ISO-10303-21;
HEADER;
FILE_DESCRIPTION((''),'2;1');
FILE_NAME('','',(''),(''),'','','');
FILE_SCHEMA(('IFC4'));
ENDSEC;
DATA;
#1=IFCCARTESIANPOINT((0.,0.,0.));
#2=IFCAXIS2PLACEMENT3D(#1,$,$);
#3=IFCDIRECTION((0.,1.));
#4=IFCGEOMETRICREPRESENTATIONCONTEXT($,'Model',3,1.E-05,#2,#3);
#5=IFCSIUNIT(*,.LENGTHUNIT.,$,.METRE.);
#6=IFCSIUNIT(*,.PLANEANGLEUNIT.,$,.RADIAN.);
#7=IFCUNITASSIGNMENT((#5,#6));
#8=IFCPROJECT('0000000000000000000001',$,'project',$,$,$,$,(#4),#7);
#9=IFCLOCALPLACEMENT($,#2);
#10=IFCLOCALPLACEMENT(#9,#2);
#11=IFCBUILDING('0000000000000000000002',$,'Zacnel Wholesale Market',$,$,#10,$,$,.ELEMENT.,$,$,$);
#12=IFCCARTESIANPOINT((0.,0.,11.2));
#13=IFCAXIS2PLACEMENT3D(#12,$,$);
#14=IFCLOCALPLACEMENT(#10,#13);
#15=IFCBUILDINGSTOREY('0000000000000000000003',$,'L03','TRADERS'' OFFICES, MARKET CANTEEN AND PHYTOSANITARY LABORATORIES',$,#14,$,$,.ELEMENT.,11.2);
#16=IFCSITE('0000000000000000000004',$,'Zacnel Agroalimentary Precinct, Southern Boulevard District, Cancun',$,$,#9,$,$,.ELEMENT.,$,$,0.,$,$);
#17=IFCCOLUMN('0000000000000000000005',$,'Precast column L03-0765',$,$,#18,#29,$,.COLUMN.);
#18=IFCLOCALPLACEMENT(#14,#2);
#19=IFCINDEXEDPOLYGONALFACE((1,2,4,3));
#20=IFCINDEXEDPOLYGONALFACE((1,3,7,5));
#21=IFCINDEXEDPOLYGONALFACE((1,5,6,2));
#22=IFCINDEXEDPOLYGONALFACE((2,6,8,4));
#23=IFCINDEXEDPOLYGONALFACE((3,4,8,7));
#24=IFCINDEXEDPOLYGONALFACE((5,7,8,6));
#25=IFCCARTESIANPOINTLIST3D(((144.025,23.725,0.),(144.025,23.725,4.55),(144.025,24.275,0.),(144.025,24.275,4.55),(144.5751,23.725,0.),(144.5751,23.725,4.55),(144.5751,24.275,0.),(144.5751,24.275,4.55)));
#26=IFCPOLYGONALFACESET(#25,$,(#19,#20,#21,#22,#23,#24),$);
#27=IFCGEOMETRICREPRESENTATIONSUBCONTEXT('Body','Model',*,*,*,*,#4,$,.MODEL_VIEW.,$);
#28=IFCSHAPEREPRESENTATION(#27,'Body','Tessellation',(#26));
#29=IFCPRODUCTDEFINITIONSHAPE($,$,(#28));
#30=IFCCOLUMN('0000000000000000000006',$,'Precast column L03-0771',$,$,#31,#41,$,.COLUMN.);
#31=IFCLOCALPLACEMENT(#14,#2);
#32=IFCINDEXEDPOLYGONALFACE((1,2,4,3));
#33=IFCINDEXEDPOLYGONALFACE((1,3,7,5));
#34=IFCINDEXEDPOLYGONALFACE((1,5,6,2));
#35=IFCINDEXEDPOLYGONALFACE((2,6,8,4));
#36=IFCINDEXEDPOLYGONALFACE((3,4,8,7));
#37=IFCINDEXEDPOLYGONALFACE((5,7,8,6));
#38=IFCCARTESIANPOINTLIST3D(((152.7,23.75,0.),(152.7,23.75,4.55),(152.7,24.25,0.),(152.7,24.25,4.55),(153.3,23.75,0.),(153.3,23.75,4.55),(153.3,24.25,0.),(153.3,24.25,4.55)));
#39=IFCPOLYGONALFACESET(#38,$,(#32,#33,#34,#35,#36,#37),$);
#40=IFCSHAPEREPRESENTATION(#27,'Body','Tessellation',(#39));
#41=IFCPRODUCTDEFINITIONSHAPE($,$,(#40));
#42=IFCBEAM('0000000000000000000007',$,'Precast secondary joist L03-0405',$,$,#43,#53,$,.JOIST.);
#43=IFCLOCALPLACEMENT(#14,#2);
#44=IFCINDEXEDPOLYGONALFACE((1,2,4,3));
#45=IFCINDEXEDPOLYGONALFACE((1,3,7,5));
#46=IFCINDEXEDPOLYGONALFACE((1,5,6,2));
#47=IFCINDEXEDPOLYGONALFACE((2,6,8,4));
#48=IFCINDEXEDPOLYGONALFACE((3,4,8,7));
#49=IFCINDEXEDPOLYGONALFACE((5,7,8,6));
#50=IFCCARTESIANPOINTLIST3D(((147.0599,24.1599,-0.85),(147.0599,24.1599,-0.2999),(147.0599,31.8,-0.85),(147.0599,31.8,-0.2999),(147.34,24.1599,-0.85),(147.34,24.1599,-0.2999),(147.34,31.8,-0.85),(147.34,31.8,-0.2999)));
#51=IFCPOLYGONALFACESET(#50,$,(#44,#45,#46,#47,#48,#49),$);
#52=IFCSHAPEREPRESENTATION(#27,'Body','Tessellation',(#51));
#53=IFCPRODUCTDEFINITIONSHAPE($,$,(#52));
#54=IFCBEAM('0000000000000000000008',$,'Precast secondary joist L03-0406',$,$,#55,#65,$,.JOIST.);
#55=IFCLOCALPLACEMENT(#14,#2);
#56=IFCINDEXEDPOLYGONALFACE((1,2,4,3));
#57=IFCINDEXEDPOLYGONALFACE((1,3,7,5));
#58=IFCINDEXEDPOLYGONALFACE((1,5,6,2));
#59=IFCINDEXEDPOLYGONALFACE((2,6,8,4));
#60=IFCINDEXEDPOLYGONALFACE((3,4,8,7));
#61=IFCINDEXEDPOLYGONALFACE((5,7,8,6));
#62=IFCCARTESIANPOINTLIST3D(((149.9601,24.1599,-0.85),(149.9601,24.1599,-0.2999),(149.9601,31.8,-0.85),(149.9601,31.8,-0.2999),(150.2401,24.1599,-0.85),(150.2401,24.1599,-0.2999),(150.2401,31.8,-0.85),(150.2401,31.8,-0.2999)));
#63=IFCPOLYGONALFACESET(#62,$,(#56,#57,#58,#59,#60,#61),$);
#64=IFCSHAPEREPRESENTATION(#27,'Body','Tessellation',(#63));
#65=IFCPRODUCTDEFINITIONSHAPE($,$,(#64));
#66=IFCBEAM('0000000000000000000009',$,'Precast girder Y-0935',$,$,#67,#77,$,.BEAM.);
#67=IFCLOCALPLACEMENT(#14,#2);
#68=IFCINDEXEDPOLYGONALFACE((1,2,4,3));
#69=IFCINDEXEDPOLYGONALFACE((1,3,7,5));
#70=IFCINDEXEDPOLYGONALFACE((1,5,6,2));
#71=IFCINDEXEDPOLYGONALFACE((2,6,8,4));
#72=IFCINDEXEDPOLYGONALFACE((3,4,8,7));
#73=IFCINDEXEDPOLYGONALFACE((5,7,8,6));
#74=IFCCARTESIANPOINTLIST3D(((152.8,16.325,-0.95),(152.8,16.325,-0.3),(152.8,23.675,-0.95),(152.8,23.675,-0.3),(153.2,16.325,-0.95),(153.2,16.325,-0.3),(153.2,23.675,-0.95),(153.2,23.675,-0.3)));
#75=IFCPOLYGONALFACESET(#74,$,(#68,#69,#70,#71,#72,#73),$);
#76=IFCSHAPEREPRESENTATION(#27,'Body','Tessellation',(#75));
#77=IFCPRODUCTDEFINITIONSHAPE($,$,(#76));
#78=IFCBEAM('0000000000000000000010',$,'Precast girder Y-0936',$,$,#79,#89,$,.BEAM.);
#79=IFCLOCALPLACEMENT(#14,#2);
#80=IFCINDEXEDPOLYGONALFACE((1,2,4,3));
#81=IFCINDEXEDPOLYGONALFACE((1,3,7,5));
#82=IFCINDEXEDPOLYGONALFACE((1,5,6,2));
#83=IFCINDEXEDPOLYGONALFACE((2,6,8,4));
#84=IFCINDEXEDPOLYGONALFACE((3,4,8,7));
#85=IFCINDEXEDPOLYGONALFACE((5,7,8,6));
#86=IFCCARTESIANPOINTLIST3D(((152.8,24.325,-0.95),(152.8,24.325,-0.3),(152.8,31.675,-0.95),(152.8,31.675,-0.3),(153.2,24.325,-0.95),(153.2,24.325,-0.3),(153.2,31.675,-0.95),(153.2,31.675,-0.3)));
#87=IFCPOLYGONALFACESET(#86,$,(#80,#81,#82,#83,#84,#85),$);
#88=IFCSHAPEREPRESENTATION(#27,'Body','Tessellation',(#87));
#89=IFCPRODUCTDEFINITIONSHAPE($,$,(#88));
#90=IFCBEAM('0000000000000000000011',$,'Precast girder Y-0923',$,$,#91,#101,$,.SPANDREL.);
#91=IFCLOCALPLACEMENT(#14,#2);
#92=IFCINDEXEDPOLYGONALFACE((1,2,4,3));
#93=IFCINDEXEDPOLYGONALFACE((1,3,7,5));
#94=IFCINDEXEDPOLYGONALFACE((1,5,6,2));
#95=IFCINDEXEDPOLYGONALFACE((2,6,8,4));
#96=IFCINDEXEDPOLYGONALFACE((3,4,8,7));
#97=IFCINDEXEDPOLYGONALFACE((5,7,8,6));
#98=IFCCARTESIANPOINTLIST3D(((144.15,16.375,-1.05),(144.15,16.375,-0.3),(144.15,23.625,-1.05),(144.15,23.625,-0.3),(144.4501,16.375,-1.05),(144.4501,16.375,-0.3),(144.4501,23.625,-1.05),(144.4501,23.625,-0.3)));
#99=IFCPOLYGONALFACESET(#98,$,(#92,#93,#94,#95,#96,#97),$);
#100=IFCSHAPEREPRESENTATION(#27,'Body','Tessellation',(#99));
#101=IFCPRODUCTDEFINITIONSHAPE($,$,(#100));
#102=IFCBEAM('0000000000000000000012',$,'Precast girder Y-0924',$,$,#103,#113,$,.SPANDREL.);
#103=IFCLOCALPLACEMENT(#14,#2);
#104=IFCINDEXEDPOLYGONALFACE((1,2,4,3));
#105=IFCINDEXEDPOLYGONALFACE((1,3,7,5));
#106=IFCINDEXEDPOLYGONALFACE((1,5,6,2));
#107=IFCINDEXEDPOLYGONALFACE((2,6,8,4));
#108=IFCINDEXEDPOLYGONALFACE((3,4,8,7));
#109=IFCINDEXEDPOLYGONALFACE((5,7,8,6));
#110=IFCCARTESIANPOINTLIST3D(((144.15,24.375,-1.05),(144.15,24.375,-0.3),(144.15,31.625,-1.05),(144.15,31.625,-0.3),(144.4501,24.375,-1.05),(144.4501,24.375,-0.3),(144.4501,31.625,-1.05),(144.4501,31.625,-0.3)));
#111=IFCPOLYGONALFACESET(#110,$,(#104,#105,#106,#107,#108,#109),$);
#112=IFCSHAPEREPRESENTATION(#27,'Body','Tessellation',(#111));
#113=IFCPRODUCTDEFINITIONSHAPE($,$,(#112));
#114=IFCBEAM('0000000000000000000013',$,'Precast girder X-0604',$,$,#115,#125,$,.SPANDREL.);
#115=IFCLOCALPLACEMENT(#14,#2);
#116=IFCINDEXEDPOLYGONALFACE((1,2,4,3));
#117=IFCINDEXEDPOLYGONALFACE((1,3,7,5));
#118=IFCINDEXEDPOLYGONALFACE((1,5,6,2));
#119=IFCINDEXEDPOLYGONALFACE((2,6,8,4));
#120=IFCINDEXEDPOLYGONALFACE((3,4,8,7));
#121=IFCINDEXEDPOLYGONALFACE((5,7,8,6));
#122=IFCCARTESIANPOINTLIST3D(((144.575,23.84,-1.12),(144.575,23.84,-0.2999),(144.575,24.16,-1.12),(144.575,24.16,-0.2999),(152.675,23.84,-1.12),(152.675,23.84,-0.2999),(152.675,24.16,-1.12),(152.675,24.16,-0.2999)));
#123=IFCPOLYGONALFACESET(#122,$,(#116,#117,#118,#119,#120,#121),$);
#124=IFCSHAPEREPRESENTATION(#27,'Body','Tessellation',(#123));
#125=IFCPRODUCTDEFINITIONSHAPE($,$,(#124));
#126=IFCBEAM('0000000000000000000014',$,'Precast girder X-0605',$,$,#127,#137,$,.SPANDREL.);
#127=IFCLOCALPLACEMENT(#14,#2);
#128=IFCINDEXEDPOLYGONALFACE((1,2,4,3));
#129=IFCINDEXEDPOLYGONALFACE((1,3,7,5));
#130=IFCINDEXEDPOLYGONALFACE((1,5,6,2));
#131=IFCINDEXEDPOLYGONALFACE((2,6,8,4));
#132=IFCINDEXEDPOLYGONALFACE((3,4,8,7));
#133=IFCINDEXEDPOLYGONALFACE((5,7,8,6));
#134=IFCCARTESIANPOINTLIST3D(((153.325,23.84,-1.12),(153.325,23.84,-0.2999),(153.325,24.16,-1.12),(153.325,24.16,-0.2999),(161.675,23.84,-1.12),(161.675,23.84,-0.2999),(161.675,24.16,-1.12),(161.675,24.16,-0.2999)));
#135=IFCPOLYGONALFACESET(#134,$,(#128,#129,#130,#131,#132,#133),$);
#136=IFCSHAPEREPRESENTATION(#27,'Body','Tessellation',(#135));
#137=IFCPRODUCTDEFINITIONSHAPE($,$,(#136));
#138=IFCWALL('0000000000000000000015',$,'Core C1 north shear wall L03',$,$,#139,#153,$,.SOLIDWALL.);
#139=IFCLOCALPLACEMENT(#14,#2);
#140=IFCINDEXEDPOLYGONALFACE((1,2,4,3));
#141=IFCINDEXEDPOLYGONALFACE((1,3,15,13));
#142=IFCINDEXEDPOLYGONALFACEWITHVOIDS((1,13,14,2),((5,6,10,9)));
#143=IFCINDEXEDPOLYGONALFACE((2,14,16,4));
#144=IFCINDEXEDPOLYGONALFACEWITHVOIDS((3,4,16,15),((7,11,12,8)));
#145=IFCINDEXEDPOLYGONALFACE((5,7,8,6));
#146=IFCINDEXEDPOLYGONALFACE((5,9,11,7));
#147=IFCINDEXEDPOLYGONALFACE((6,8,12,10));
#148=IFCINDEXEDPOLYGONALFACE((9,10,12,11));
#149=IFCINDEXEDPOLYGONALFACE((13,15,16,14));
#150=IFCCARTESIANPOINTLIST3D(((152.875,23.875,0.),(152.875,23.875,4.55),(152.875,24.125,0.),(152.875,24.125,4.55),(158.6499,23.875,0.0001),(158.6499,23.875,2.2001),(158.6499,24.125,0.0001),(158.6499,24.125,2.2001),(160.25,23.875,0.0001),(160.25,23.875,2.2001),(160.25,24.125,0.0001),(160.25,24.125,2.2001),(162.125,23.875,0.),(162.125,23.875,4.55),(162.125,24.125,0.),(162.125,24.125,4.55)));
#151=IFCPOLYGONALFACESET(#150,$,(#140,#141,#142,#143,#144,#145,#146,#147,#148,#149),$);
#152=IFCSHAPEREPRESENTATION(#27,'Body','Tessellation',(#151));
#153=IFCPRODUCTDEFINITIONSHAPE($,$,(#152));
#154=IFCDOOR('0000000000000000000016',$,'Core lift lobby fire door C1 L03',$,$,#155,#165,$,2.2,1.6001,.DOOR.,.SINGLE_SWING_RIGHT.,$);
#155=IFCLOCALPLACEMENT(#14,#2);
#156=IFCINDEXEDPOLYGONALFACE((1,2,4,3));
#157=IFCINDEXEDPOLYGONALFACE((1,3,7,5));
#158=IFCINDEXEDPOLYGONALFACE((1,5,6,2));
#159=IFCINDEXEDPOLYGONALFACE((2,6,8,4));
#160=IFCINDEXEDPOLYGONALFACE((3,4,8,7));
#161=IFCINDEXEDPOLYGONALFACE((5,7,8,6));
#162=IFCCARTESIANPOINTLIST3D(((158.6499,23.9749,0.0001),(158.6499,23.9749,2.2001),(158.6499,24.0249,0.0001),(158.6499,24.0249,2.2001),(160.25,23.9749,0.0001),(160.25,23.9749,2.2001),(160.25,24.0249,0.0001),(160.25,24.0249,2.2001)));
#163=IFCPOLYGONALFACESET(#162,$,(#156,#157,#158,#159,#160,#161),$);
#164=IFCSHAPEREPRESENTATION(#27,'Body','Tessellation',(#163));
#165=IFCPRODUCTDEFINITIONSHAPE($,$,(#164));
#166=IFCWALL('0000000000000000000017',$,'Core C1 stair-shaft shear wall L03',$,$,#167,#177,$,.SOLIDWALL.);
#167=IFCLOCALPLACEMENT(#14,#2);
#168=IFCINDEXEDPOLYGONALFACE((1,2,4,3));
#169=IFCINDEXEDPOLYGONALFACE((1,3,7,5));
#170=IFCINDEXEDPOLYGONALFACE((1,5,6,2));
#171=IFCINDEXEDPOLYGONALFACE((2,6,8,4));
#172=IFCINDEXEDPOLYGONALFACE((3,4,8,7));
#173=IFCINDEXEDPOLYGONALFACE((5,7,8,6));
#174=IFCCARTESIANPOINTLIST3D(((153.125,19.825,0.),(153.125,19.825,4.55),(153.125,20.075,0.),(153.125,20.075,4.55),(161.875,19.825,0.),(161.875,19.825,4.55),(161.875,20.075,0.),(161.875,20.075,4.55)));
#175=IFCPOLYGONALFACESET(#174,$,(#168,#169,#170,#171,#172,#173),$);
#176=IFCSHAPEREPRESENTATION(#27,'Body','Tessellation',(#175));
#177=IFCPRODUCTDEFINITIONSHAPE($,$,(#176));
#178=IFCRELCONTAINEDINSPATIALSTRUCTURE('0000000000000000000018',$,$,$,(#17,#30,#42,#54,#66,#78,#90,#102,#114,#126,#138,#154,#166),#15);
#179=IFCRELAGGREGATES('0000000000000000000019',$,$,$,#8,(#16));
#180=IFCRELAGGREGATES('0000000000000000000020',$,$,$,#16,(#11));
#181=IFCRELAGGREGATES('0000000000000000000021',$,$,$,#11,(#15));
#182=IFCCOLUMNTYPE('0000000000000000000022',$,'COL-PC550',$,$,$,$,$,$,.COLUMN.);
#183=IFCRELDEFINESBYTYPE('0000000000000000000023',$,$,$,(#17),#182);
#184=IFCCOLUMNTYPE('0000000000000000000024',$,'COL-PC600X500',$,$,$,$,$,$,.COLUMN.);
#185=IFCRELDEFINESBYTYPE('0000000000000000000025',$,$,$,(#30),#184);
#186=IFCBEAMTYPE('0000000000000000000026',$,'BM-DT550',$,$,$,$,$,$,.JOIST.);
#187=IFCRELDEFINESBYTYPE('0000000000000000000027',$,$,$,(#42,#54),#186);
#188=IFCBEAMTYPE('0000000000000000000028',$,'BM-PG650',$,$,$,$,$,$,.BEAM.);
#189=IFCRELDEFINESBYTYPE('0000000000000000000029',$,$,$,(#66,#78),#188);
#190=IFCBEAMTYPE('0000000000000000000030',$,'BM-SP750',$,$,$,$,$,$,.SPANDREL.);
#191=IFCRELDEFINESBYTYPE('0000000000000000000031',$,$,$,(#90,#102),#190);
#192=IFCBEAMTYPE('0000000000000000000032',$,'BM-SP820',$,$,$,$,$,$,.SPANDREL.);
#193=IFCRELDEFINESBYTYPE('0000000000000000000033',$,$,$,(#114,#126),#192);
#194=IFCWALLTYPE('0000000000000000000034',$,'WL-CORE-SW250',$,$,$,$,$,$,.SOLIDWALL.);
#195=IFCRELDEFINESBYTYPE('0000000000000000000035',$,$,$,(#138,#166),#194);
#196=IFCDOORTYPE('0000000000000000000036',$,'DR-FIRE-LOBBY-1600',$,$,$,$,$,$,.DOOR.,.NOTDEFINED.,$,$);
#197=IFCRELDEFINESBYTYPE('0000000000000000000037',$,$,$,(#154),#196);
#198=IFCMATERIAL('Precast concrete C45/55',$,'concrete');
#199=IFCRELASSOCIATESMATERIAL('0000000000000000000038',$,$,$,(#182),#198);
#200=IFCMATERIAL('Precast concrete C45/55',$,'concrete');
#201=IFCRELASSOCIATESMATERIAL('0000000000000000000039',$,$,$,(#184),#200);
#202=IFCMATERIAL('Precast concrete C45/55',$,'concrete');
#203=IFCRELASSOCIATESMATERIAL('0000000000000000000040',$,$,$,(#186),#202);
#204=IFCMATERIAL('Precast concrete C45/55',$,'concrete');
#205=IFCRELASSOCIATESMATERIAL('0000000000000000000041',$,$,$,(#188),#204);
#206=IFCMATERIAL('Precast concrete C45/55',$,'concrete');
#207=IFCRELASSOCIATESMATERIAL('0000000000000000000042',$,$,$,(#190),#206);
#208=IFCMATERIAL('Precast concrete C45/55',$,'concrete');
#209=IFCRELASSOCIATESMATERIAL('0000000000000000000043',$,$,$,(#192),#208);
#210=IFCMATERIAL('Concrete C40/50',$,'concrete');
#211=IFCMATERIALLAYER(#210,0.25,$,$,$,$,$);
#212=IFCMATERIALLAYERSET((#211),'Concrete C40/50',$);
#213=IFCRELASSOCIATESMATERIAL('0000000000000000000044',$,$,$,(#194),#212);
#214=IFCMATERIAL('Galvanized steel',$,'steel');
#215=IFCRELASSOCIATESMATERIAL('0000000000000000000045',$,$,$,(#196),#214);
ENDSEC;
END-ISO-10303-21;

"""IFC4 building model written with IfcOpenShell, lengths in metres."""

from ifc_helpers import new_model, si_unit, direction, frame, frame_2d, origin, origin_2d, place, context, subcontext, project, spatial, rectangle, extrude, material, layer, layer_set, material_profile, profile_set, type_object, element, fill, save


model = new_model("IFC4")

# Units and contexts
model_context = context("Model", 3, precision=1e-05, world=origin(), true_north=direction((0.0, 1.0)))
body_context = subcontext(model_context, "Body", "Model", "MODEL_VIEW")
ifc_project = project(units=[si_unit("LENGTHUNIT", "METRE"), si_unit("PLANEANGLEUNIT", "RADIAN")], contexts=[model_context])

# Site, building, storey
site_placement = place(None, origin())
site = spatial("IfcSite", under=ifc_project, at=site_placement, Name="Zacnel Agroalimentary Precinct, Southern Boulevard District, Cancun", CompositionType="ELEMENT", RefElevation=0.0)
building_placement = place(site_placement, origin())
building = spatial("IfcBuilding", under=site, at=building_placement, Name="Zacnel Wholesale Market", CompositionType="ELEMENT")
storey_placement = place(building_placement, frame((0.0, 0.0, 11.2)))
storey = spatial("IfcBuildingStorey", under=building, at=storey_placement, Name="L03", Description="TRADERS' OFFICES, MARKET CANTEEN AND PHYTOSANITARY LABORATORIES", CompositionType="ELEMENT", Elevation=11.2)

# Columns
ifc_material_1 = material(Name="Precast concrete C45/55", Category="concrete")
ifc_material_profile_1 = material_profile(ifc_material_1, rectangle(XDim=0.55, YDim=0.55, at=origin_2d()), Name="PC 550x550")
ifc_profile_set_1 = profile_set([ifc_material_profile_1], Name="Precast concrete C45/55")
column_type_1 = type_object("IfcColumnType", Name="COL-PC550", PredefinedType="COLUMN", material=ifc_profile_set_1)
column_1_placement = place(storey_placement, frame((144.3, 24.0, 0.0), z_axis=(0.0, 0.0, 1.0), x_axis=(1.0, 0.0, 0.0)))
element("IfcColumn", 1, at=column_1_placement, inside=storey, type_object=column_type_1, Name="Precast column L03-0765", PredefinedType="COLUMN", context=body_context, shape_type="SweptSolid", body=[
    extrude(rectangle(XDim=0.55, YDim=0.55, at=origin_2d()), origin(), (0.0, 0.0, 1.0), 4.55),
])
ifc_material_2 = material(Name="Precast concrete C45/55", Category="concrete")
ifc_material_profile_2 = material_profile(ifc_material_2, rectangle(XDim=0.6001, YDim=0.5, at=origin_2d()), Name="PC 600x500")
ifc_profile_set_2 = profile_set([ifc_material_profile_2], Name="Precast concrete C45/55")
column_type_2 = type_object("IfcColumnType", Name="COL-PC600X500", PredefinedType="COLUMN", material=ifc_profile_set_2)
column_2_placement = place(storey_placement, frame((153.0, 24.0, 0.0), z_axis=(0.0, 0.0, 1.0), x_axis=(1.0, 0.0, 0.0)))
element("IfcColumn", 2, at=column_2_placement, inside=storey, type_object=column_type_2, Name="Precast column L03-0771", PredefinedType="COLUMN", context=body_context, shape_type="SweptSolid", body=[
    extrude(rectangle(XDim=0.6001, YDim=0.5, at=origin_2d()), origin(), (0.0, 0.0, 1.0), 4.55),
])

# Beams
ifc_material_3 = material(Name="Precast concrete C45/55", Category="concrete")
ifc_material_profile_3 = material_profile(ifc_material_3, rectangle(XDim=0.28, YDim=0.55, at=origin_2d()), Name="DT RIB 280x550")
ifc_profile_set_3 = profile_set([ifc_material_profile_3], Name="Precast concrete C45/55")
beam_type_1 = type_object("IfcBeamType", Name="BM-DT550", PredefinedType="JOIST", material=ifc_profile_set_3)
for number, where, z_axis, x_axis, name in (
    (3, (147.2, 24.1599, -0.575), (0.0, 1.0, 0.0), (-1.0, 0.0, 0.0), "Precast secondary joist L03-0405"),
    (4, (150.1001, 24.1599, -0.575), (0.0, 1.0, 0.0), (-1.0, 0.0, 0.0), "Precast secondary joist L03-0406"),
):
    element("IfcBeam", number, at=place(storey_placement, frame(where, z_axis=z_axis, x_axis=x_axis)), inside=storey, type_object=beam_type_1, Name=name, PredefinedType="JOIST", context=body_context, shape_type="SweptSolid", body=[
        extrude(rectangle(XDim=0.28, YDim=0.55, at=origin_2d()), origin(), (0.0, 0.0, 1.0), 7.6401),
    ])
ifc_material_4 = material(Name="Precast concrete C45/55", Category="concrete")
ifc_material_profile_4 = material_profile(ifc_material_4, rectangle(XDim=0.3999, YDim=0.6499, at=origin_2d()), Name="PG 400x650")
ifc_profile_set_4 = profile_set([ifc_material_profile_4], Name="Precast concrete C45/55")
beam_type_2 = type_object("IfcBeamType", Name="BM-PG650", PredefinedType="BEAM", material=ifc_profile_set_4)
for number, where, z_axis, x_axis, name in (
    (5, (153.0, 16.325, -0.625), (0.0, 1.0, 0.0), (-1.0, 0.0, 0.0), "Precast girder Y-0935"),
    (6, (153.0, 24.325, -0.625), (0.0, 1.0, 0.0), (-1.0, 0.0, 0.0), "Precast girder Y-0936"),
):
    element("IfcBeam", number, at=place(storey_placement, frame(where, z_axis=z_axis, x_axis=x_axis)), inside=storey, type_object=beam_type_2, Name=name, PredefinedType="BEAM", context=body_context, shape_type="SweptSolid", body=[
        extrude(rectangle(XDim=0.3999, YDim=0.6499, at=origin_2d()), origin(), (0.0, 0.0, 1.0), 7.3501),
    ])
ifc_material_5 = material(Name="Precast concrete C45/55", Category="concrete")
ifc_material_profile_5 = material_profile(ifc_material_5, rectangle(XDim=0.3, YDim=0.75, at=origin_2d()), Name="SP 300x750")
ifc_profile_set_5 = profile_set([ifc_material_profile_5], Name="Precast concrete C45/55")
beam_type_3 = type_object("IfcBeamType", Name="BM-SP750", PredefinedType="SPANDREL", material=ifc_profile_set_5)
for number, where, z_axis, x_axis, name in (
    (7, (144.3, 16.375, -0.675), (0.0, 1.0, 0.0), (-1.0, 0.0, 0.0), "Precast girder Y-0923"),
    (8, (144.3, 24.375, -0.675), (0.0, 1.0, 0.0), (-1.0, 0.0, 0.0), "Precast girder Y-0924"),
):
    element("IfcBeam", number, at=place(storey_placement, frame(where, z_axis=z_axis, x_axis=x_axis)), inside=storey, type_object=beam_type_3, Name=name, PredefinedType="SPANDREL", context=body_context, shape_type="SweptSolid", body=[
        extrude(rectangle(XDim=0.3, YDim=0.75, at=origin_2d()), origin(), (0.0, 0.0, 1.0), 7.25),
    ])
ifc_material_6 = material(Name="Precast concrete C45/55", Category="concrete")
ifc_material_profile_6 = material_profile(ifc_material_6, rectangle(XDim=0.3201, YDim=0.8201, at=origin_2d()), Name="SP 320x820")
ifc_profile_set_6 = profile_set([ifc_material_profile_6], Name="Precast concrete C45/55")
beam_type_4 = type_object("IfcBeamType", Name="BM-SP820", PredefinedType="SPANDREL", material=ifc_profile_set_6)
beam_1_placement = place(storey_placement, frame((144.575, 24.0, -0.71), z_axis=(1.0, 0.0, 0.0), x_axis=(0.0, 1.0, 0.0)))
element("IfcBeam", 9, at=beam_1_placement, inside=storey, type_object=beam_type_4, Name="Precast girder X-0604", PredefinedType="SPANDREL", context=body_context, shape_type="SweptSolid", body=[
    extrude(rectangle(XDim=0.3201, YDim=0.8201, at=origin_2d()), origin(), (0.0, 0.0, 1.0), 8.1001),
])
beam_2_placement = place(storey_placement, frame((153.325, 24.0, -0.71), z_axis=(1.0, 0.0, 0.0), x_axis=(0.0, 1.0, 0.0)))
element("IfcBeam", 10, at=beam_2_placement, inside=storey, type_object=beam_type_4, Name="Precast girder X-0605", PredefinedType="SPANDREL", context=body_context, shape_type="SweptSolid", body=[
    extrude(rectangle(XDim=0.3201, YDim=0.8201, at=origin_2d()), origin(), (0.0, 0.0, 1.0), 8.3501),
])

# Wall, opening, door
ifc_material_7 = material(Name="Concrete C40/50", Category="concrete")
ifc_layer_1 = layer(ifc_material_7, 0.25)
ifc_layer_set_1 = layer_set([ifc_layer_1], Name="Concrete C40/50")
wall_type_1 = type_object("IfcWallType", Name="WL-CORE-SW250", PredefinedType="SOLIDWALL", material=ifc_layer_set_1)
wall_1_placement = place(storey_placement, frame((152.875, 24.0, 0.0), z_axis=(0.0, 0.0, 1.0), x_axis=(1.0, 0.0, 0.0)))
wall_1 = element("IfcWall", 11, at=wall_1_placement, inside=storey, type_object=wall_type_1, Name="Core C1 north shear wall L03", PredefinedType="SOLIDWALL", context=body_context, shape_type="SweptSolid", body=[
    extrude(rectangle(XDim=9.25, YDim=0.25, at=frame_2d((4.625, 0.0))), origin(), (0.0, 0.0, 1.0), 4.55),
])
opening_1_placement = place(wall_1_placement, frame((5.7749, 0.0, 0.0)))
opening_1 = element("IfcOpeningElement", 12, at=opening_1_placement, cuts=wall_1, PredefinedType="OPENING", context=body_context, shape_type="SweptSolid", body=[
    extrude(rectangle(XDim=1.6001, YDim=2.2, at=frame_2d((0.8, 1.1001))), frame((0.0, 0.135, 0.0), z_axis=(0.0, -1.0, 0.0), x_axis=(1.0, 0.0, 0.0)), (0.0, 0.0, 1.0), 0.27),
])
ifc_material_8 = material(Name="Galvanized steel", Category="steel")
door_type_1 = type_object("IfcDoorType", Name="DR-FIRE-LOBBY-1600", OperationType="NOTDEFINED", PredefinedType="DOOR", material=ifc_material_8)
door_1_placement = place(opening_1_placement, origin())
door_1 = element("IfcDoor", 13, at=door_1_placement, inside=storey, type_object=door_type_1, Name="Core lift lobby fire door C1 L03", OperationType="SINGLE_SWING_RIGHT", OverallHeight=2.2, OverallWidth=1.6001, PredefinedType="DOOR", context=body_context, shape_type="SweptSolid", body=[
    extrude(rectangle(XDim=1.6001, YDim=2.2, at=frame_2d((0.8, 1.1001))), frame((0.0, 0.0249, 0.0), z_axis=(0.0, -1.0, 0.0), x_axis=(1.0, 0.0, 0.0)), (0.0, 0.0, 1.0), 0.05),
])
fill(opening_1, door_1)

# Wall
wall_2_placement = place(storey_placement, frame((153.125, 19.95, 0.0), z_axis=(0.0, 0.0, 1.0), x_axis=(1.0, 0.0, 0.0)))
element("IfcWall", 14, at=wall_2_placement, inside=storey, type_object=wall_type_1, Name="Core C1 stair-shaft shear wall L03", PredefinedType="SOLIDWALL", context=body_context, shape_type="SweptSolid", body=[
    extrude(rectangle(XDim=8.75, YDim=0.25, at=frame_2d((4.375, 0.0))), origin(), (0.0, 0.0, 1.0), 4.55),
])

save(model, "model.ifc")
